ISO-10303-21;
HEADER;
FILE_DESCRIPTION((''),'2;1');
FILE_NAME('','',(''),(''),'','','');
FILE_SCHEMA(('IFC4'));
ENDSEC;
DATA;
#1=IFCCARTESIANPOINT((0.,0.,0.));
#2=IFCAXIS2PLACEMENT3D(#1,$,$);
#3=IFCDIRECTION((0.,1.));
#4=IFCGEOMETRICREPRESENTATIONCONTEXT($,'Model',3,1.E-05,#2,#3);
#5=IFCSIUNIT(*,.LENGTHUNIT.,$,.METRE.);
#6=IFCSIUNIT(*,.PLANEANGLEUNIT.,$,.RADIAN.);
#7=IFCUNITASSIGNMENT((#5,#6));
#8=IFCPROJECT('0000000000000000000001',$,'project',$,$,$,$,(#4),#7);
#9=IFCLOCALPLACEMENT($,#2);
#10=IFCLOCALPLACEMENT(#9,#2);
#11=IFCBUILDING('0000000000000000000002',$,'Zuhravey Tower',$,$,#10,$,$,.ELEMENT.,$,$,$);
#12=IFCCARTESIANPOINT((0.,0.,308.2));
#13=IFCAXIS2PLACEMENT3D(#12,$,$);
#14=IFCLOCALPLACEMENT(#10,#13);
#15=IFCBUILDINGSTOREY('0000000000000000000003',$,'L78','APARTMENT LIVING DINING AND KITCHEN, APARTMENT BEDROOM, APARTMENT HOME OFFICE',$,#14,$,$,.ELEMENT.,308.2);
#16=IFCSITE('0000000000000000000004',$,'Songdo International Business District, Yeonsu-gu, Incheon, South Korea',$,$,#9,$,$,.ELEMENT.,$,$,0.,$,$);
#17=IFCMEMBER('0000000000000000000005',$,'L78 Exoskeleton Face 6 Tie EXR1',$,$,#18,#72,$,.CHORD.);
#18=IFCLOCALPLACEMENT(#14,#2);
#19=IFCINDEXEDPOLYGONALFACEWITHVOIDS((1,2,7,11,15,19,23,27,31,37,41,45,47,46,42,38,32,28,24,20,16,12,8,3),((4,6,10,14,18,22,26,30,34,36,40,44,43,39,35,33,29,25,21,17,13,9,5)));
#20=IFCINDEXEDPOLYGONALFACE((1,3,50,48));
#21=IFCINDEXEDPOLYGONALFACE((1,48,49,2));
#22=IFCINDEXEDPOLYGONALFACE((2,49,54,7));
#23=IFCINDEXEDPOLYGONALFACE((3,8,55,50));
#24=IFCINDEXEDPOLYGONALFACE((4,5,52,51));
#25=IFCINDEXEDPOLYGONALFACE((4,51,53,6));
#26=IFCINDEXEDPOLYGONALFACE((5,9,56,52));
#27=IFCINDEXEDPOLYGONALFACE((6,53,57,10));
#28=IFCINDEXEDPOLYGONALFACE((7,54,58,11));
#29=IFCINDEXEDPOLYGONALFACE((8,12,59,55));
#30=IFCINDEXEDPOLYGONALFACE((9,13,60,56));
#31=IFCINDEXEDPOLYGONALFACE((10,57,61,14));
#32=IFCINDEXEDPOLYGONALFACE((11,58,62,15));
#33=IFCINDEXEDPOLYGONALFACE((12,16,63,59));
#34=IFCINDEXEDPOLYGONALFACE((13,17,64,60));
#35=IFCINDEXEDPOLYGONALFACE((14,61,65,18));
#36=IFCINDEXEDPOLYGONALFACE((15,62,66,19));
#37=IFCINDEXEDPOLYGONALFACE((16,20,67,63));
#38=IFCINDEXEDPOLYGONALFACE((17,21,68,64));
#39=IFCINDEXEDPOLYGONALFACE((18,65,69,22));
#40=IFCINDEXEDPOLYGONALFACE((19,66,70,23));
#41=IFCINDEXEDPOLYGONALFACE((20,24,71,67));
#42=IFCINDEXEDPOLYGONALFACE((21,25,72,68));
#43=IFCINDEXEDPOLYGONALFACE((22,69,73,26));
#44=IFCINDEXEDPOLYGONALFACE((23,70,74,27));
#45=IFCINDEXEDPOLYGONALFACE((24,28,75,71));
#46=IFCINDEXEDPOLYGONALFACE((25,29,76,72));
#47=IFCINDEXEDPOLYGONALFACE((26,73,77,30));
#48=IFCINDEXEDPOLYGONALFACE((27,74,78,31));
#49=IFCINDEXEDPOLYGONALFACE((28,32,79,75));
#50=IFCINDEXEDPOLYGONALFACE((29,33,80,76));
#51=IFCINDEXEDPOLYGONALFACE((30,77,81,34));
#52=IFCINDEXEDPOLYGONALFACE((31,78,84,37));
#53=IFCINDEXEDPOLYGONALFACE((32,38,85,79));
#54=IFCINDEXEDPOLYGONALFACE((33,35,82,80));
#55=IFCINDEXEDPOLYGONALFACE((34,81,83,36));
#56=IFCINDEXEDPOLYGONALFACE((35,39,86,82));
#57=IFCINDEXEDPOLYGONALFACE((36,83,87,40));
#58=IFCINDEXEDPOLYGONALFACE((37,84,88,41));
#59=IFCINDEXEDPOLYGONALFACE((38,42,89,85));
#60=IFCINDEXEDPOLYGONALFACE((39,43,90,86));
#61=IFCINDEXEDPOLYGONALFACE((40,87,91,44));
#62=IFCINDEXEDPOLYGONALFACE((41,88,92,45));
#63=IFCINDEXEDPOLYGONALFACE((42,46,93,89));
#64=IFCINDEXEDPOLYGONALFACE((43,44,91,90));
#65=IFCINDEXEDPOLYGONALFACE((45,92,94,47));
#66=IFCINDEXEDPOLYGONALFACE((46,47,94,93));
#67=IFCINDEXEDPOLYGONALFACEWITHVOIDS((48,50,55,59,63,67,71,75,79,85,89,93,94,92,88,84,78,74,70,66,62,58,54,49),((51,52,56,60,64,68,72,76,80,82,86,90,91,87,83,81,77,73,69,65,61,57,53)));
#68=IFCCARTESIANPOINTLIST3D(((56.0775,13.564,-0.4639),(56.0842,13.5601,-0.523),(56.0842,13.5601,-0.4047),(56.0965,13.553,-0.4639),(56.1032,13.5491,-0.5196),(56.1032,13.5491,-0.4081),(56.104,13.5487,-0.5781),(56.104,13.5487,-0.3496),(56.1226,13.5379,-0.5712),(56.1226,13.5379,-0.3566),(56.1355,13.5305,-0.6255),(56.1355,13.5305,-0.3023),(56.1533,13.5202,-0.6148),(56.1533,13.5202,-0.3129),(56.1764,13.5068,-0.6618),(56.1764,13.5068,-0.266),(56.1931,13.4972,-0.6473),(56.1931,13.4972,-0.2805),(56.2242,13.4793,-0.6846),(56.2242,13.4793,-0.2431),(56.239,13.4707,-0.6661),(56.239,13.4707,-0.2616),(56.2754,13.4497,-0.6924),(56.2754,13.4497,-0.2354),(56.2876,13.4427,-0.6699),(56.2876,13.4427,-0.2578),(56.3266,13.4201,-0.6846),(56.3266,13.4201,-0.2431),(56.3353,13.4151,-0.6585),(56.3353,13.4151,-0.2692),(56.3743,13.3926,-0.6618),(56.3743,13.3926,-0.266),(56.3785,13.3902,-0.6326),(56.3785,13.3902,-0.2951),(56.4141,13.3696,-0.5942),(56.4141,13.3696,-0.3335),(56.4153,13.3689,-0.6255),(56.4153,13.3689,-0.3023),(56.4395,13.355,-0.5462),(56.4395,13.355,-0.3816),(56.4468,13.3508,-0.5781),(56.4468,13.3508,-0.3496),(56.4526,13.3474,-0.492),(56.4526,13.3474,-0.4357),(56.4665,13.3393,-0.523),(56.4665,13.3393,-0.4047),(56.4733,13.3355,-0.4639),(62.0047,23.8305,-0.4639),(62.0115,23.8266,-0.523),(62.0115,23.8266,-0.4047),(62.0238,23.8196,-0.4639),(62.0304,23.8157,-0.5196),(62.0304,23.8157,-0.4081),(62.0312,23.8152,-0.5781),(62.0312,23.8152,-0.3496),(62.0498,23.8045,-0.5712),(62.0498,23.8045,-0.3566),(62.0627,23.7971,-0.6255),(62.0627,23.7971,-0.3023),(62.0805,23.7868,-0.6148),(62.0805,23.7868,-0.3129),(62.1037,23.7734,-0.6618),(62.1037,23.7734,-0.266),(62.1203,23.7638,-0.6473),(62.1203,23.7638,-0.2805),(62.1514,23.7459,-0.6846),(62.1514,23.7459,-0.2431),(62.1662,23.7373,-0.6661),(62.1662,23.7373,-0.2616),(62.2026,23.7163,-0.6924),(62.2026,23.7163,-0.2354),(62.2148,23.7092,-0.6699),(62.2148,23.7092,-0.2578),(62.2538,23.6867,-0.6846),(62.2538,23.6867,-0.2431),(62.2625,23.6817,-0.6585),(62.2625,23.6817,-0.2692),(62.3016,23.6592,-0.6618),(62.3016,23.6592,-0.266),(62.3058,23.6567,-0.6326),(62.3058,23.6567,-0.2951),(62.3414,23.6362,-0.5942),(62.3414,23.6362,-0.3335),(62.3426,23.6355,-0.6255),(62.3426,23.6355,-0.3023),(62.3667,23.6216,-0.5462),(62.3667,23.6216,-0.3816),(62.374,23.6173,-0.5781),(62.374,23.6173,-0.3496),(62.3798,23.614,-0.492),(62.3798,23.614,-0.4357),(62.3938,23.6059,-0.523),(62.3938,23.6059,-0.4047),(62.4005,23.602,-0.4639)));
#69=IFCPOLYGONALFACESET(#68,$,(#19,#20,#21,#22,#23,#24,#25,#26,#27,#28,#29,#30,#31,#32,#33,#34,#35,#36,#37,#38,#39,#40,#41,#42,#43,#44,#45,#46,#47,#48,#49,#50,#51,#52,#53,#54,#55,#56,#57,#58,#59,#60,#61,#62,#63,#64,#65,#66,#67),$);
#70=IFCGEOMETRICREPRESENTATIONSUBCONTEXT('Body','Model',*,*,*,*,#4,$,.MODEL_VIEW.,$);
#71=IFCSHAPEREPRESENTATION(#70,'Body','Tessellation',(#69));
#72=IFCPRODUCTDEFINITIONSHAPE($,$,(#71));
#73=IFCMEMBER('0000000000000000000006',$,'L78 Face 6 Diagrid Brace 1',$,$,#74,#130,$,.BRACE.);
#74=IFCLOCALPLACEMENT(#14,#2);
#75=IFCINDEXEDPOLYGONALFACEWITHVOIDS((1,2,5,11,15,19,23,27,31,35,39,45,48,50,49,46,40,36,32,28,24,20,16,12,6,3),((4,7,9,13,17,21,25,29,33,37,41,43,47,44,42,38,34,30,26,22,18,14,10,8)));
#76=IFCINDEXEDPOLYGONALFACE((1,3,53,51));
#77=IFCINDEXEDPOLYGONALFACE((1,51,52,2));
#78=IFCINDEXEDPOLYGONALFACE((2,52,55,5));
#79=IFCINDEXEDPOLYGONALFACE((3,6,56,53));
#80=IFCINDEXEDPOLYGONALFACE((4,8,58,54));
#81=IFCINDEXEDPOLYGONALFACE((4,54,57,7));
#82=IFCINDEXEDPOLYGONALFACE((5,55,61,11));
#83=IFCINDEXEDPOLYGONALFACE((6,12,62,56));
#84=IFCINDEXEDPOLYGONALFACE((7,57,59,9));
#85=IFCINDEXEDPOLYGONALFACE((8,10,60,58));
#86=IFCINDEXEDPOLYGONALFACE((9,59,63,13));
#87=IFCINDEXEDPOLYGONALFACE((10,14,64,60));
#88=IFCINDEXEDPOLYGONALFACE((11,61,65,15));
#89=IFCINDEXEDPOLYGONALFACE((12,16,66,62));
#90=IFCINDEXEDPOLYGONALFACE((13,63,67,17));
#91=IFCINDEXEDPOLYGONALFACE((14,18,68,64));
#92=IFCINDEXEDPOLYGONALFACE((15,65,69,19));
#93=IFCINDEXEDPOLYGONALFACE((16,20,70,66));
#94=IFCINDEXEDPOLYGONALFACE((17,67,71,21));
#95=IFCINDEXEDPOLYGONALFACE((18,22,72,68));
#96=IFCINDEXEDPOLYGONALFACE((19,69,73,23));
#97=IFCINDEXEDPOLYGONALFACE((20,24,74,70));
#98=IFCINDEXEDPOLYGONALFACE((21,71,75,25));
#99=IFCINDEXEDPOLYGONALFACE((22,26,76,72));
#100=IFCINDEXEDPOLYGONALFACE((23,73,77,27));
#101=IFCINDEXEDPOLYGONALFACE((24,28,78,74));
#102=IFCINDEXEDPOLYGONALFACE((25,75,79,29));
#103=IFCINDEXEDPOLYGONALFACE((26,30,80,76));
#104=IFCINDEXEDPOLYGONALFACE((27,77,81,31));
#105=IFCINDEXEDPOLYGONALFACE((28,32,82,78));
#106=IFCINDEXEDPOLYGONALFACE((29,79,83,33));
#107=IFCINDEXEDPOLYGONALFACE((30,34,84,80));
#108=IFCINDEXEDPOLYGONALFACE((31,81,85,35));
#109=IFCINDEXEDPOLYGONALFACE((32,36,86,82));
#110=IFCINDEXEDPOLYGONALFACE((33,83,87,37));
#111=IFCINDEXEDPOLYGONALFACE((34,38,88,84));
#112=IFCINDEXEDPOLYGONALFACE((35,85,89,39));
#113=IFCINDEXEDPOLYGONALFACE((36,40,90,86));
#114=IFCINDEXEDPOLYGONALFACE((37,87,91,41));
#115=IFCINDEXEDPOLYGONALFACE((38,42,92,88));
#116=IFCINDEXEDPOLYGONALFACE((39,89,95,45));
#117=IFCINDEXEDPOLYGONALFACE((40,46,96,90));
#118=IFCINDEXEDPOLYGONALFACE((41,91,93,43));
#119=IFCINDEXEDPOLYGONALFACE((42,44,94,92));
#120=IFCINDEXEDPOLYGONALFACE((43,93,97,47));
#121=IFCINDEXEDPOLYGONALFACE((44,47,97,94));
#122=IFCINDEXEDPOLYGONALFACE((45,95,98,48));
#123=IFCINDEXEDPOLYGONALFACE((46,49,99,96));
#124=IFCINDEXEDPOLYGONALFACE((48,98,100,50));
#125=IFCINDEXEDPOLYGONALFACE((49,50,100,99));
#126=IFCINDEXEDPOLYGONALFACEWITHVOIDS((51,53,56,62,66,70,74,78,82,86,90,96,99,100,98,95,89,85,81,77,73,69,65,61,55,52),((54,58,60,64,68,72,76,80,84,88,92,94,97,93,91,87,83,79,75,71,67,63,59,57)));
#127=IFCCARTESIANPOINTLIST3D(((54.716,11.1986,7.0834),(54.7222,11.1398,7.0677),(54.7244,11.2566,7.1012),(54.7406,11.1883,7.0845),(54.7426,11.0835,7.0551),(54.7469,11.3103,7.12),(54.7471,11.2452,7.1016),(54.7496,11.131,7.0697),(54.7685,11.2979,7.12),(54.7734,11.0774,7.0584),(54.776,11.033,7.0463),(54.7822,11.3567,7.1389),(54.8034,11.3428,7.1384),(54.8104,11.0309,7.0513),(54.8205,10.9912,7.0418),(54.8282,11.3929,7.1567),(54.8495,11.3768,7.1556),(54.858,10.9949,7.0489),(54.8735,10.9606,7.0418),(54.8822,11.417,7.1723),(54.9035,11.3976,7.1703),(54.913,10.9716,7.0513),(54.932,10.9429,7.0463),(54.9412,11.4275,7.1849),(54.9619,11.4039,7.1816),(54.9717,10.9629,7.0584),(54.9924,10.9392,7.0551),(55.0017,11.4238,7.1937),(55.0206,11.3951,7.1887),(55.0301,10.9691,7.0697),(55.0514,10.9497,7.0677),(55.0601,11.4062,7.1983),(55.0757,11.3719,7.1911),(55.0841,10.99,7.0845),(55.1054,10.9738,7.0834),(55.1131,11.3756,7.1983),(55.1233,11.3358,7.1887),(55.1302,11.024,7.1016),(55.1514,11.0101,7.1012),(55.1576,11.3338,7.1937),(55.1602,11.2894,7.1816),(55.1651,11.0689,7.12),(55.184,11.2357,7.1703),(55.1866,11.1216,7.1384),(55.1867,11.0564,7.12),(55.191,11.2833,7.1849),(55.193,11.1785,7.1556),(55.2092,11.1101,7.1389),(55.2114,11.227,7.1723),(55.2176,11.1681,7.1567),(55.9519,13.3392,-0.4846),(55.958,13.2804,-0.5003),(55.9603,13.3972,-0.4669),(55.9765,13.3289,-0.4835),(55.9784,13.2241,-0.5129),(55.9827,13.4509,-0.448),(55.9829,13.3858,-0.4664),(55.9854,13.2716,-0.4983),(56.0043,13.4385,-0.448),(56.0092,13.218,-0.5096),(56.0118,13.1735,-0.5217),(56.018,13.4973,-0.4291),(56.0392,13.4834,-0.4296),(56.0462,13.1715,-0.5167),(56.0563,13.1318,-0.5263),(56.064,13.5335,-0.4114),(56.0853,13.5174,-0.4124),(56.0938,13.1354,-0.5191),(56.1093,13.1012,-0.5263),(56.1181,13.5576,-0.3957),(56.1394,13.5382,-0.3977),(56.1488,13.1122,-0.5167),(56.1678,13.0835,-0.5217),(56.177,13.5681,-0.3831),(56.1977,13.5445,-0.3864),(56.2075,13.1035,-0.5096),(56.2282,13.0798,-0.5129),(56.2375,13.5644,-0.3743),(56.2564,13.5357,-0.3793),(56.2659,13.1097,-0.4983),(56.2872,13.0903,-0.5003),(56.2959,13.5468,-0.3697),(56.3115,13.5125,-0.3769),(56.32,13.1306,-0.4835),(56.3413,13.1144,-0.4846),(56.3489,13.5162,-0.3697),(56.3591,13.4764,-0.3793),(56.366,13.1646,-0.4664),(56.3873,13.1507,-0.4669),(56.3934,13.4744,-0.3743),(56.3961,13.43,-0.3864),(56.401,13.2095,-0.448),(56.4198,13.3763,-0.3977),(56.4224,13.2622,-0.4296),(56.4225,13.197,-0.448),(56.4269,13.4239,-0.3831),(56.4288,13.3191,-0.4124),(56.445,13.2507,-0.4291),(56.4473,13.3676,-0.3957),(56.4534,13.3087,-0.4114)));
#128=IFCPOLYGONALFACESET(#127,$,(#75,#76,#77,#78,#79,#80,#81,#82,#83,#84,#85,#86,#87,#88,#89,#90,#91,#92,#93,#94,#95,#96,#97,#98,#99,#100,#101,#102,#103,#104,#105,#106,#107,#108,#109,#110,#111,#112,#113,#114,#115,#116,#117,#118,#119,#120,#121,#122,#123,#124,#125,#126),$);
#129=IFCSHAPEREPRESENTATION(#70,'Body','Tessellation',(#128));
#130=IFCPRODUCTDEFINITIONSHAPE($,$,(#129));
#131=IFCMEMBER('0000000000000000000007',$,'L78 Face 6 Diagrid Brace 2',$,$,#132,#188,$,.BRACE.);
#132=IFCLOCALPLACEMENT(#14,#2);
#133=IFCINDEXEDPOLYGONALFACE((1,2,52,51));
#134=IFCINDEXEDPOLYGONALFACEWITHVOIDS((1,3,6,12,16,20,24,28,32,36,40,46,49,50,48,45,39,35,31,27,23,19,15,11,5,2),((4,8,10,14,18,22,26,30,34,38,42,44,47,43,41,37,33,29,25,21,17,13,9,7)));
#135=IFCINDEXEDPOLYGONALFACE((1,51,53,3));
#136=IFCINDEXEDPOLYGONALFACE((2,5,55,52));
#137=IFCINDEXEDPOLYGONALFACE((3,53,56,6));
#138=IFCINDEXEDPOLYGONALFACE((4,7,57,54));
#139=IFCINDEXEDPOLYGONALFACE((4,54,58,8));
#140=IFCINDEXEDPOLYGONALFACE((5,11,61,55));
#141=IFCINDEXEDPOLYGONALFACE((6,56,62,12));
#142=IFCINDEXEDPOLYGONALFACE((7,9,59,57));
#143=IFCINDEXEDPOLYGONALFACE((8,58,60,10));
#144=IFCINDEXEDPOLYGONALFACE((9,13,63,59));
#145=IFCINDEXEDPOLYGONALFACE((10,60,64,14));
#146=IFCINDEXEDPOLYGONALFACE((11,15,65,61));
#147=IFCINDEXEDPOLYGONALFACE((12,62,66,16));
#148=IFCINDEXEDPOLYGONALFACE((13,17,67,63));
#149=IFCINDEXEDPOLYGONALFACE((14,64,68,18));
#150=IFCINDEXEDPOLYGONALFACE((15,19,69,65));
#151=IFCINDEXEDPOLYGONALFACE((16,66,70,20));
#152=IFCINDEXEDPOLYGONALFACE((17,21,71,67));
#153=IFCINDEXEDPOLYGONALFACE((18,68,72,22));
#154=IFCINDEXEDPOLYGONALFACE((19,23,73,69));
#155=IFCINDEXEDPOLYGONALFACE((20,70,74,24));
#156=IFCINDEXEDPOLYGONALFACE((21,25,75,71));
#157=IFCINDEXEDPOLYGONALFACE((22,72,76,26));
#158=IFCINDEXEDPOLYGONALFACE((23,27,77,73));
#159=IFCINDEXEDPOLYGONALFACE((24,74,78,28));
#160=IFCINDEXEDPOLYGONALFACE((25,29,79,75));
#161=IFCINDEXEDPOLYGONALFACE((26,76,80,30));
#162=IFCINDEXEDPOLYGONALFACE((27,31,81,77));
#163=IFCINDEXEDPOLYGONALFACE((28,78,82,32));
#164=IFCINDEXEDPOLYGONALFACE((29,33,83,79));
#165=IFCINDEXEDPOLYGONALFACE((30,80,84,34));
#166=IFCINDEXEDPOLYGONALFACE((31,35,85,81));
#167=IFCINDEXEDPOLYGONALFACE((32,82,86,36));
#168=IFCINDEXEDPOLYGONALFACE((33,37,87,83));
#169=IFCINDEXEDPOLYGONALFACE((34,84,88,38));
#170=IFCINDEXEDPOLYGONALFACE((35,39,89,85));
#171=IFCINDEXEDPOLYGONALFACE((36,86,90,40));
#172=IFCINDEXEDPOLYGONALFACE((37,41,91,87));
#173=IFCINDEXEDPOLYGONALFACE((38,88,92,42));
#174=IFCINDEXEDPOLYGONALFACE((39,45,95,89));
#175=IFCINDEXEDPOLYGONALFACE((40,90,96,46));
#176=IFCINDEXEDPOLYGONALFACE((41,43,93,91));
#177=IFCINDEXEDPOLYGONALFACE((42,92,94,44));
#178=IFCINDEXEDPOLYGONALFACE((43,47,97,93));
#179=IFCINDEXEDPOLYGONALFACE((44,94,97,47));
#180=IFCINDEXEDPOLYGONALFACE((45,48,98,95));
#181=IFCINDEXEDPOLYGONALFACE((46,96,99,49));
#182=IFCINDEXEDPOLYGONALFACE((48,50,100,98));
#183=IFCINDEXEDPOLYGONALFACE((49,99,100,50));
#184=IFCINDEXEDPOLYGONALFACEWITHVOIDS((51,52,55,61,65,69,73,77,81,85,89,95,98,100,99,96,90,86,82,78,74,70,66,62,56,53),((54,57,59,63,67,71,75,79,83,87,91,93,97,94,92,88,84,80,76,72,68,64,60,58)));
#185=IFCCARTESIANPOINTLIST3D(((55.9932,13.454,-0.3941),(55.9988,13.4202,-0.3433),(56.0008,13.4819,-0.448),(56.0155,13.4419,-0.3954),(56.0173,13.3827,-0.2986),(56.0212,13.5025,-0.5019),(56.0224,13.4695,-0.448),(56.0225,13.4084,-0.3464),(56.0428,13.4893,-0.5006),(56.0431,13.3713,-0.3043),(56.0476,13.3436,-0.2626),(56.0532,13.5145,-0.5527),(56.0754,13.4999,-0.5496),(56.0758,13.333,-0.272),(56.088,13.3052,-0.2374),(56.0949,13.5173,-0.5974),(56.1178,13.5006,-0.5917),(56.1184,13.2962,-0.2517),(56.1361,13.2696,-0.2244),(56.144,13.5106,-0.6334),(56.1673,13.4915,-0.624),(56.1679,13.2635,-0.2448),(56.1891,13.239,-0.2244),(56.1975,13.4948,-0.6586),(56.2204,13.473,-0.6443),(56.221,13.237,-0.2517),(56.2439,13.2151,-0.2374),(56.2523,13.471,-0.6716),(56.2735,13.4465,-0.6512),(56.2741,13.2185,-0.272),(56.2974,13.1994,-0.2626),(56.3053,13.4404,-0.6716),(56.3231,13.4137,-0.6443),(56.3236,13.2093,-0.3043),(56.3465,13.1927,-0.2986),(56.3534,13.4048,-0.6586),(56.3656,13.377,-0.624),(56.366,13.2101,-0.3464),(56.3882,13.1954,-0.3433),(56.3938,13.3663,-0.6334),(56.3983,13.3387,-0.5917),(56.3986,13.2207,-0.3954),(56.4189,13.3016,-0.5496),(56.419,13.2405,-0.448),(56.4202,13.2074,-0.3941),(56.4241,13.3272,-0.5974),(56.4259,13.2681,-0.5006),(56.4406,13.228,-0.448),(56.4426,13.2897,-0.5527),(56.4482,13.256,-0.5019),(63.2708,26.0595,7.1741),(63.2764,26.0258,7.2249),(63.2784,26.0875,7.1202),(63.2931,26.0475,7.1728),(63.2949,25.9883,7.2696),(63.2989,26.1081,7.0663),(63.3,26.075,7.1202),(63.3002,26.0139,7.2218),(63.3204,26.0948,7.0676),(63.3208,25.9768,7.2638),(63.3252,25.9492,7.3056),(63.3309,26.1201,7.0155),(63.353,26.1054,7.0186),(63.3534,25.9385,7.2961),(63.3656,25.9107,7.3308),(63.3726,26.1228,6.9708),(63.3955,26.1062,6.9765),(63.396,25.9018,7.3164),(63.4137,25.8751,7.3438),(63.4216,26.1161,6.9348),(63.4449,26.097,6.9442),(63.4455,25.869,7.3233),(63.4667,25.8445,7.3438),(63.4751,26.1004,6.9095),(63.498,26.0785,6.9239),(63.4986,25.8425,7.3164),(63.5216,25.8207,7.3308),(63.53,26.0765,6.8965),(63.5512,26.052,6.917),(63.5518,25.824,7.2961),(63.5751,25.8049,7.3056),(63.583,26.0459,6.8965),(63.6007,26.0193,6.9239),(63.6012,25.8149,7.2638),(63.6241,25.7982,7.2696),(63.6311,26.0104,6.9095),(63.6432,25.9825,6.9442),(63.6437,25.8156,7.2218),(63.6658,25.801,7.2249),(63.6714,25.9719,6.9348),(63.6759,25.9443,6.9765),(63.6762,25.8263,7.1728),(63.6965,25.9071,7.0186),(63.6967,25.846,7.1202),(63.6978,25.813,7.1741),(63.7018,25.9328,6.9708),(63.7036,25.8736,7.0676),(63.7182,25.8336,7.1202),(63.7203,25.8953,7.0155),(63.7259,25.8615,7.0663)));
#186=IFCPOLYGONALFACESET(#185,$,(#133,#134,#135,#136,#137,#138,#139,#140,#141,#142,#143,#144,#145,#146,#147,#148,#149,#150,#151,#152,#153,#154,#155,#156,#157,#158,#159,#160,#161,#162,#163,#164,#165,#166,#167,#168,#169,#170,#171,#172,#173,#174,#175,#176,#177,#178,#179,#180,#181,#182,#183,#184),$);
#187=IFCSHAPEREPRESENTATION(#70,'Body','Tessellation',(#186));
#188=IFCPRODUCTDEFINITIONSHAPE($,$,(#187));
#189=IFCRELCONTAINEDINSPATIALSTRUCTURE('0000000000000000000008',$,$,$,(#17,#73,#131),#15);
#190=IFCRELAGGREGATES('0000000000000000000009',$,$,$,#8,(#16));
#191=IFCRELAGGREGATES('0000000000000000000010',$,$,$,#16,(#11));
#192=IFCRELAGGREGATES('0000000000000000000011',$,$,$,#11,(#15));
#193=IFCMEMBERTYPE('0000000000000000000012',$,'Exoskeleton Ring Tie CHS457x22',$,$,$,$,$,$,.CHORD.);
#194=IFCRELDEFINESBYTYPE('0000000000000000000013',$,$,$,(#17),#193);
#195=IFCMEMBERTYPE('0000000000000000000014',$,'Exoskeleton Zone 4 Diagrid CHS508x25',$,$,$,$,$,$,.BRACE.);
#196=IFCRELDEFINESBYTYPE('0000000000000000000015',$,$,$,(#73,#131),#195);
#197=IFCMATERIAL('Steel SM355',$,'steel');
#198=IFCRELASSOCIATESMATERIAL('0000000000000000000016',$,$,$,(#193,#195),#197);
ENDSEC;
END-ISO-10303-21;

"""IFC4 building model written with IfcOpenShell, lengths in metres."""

from ifc_helpers import new_model, si_unit, direction, frame, origin, origin_2d, place, context, subcontext, project, spatial, hollow_circle, extrude, material, material_profile, profile_set, type_object, element, save


model = new_model("IFC4")

# Units and contexts
model_context = context("Model", 3, precision=1e-05, world=origin(), true_north=direction((0.0, 1.0)))
body_context = subcontext(model_context, "Body", "Model", "MODEL_VIEW")
ifc_project = project(units=[si_unit("LENGTHUNIT", "METRE"), si_unit("PLANEANGLEUNIT", "RADIAN")], contexts=[model_context])

# Site, building, storey
site_placement = place(None, origin())
site = spatial("IfcSite", under=ifc_project, at=site_placement, Name="Songdo International Business District, Yeonsu-gu, Incheon, South Korea", CompositionType="ELEMENT", RefElevation=0.0)
building_placement = place(site_placement, origin())
building = spatial("IfcBuilding", under=site, at=building_placement, Name="Zuhravey Tower", CompositionType="ELEMENT")
storey_placement = place(building_placement, frame((0.0, 0.0, 308.2)))
storey = spatial("IfcBuildingStorey", under=building, at=storey_placement, Name="L78", Description="APARTMENT LIVING DINING AND KITCHEN, APARTMENT BEDROOM, APARTMENT HOME OFFICE", CompositionType="ELEMENT", Elevation=308.2)

# Members
ifc_material_1 = material(Name="Steel SM355", Category="steel")
ifc_material_profile_1 = material_profile(ifc_material_1, hollow_circle(Radius=0.2285, WallThickness=0.022, at=origin_2d()), Name="CHS-457.2x22")
ifc_profile_set_1 = profile_set([ifc_material_profile_1], Name="Steel SM355")
member_type_1 = type_object("IfcMemberType", Name="Exoskeleton Ring Tie CHS457x22", PredefinedType="CHORD", material=ifc_profile_set_1)
member_1_placement = place(storey_placement, frame((56.2754, 13.4497, -0.4639), z_axis=(0.499989, 0.866032, 0.0), x_axis=(-0.866032, 0.499989, 0.0)))
element("IfcMember", 1, at=member_1_placement, inside=storey, type_object=member_type_1, Name="L78 Exoskeleton Face 6 Tie EXR1", PredefinedType="CHORD", context=body_context, shape_type="SweptSolid", body=[
    extrude(hollow_circle(Radius=0.2285, WallThickness=0.022, at=origin_2d()), origin(), (0.0, 0.0, 1.0), 11.8547),
])
ifc_material_profile_2 = material_profile(ifc_material_1, hollow_circle(Radius=0.2539, WallThickness=0.0249, at=origin_2d()), Name="CHS-508.0x25")
ifc_profile_set_2 = profile_set([ifc_material_profile_2], Name="Steel SM355")
member_type_2 = type_object("IfcMemberType", Name="Exoskeleton Zone 4 Diagrid CHS508x25", PredefinedType="BRACE", material=ifc_profile_set_2)
member_2_placement = place(storey_placement, frame((56.2026, 13.324, -0.448), z_axis=(-0.155226, -0.268871, 0.950586), x_axis=(0.866034, -0.499985, 0.0)))
element("IfcMember", 2, at=member_2_placement, inside=storey, type_object=member_type_2, Name="L78 Face 6 Diagrid Brace 1", PredefinedType="BRACE", context=body_context, shape_type="SweptSolid", body=[
    extrude(hollow_circle(Radius=0.2539, WallThickness=0.0249, at=origin_2d()), origin(), (0.0, 0.0, 1.0), 7.9614),
])
member_3_placement = place(storey_placement, frame((56.2207, 13.355, -0.448), z_axis=(0.443609, 0.768373, 0.461318), x_axis=(-0.866031, 0.499991, 0.0)))
element("IfcMember", 3, at=member_3_placement, inside=storey, type_object=member_type_2, Name="L78 Face 6 Diagrid Brace 2", PredefinedType="BRACE", context=body_context, shape_type="SweptSolid", body=[
    extrude(hollow_circle(Radius=0.2539, WallThickness=0.0249, at=origin_2d()), origin(), (0.0, 0.0, 1.0), 16.4055),
])

save(model, "model.ifc")
